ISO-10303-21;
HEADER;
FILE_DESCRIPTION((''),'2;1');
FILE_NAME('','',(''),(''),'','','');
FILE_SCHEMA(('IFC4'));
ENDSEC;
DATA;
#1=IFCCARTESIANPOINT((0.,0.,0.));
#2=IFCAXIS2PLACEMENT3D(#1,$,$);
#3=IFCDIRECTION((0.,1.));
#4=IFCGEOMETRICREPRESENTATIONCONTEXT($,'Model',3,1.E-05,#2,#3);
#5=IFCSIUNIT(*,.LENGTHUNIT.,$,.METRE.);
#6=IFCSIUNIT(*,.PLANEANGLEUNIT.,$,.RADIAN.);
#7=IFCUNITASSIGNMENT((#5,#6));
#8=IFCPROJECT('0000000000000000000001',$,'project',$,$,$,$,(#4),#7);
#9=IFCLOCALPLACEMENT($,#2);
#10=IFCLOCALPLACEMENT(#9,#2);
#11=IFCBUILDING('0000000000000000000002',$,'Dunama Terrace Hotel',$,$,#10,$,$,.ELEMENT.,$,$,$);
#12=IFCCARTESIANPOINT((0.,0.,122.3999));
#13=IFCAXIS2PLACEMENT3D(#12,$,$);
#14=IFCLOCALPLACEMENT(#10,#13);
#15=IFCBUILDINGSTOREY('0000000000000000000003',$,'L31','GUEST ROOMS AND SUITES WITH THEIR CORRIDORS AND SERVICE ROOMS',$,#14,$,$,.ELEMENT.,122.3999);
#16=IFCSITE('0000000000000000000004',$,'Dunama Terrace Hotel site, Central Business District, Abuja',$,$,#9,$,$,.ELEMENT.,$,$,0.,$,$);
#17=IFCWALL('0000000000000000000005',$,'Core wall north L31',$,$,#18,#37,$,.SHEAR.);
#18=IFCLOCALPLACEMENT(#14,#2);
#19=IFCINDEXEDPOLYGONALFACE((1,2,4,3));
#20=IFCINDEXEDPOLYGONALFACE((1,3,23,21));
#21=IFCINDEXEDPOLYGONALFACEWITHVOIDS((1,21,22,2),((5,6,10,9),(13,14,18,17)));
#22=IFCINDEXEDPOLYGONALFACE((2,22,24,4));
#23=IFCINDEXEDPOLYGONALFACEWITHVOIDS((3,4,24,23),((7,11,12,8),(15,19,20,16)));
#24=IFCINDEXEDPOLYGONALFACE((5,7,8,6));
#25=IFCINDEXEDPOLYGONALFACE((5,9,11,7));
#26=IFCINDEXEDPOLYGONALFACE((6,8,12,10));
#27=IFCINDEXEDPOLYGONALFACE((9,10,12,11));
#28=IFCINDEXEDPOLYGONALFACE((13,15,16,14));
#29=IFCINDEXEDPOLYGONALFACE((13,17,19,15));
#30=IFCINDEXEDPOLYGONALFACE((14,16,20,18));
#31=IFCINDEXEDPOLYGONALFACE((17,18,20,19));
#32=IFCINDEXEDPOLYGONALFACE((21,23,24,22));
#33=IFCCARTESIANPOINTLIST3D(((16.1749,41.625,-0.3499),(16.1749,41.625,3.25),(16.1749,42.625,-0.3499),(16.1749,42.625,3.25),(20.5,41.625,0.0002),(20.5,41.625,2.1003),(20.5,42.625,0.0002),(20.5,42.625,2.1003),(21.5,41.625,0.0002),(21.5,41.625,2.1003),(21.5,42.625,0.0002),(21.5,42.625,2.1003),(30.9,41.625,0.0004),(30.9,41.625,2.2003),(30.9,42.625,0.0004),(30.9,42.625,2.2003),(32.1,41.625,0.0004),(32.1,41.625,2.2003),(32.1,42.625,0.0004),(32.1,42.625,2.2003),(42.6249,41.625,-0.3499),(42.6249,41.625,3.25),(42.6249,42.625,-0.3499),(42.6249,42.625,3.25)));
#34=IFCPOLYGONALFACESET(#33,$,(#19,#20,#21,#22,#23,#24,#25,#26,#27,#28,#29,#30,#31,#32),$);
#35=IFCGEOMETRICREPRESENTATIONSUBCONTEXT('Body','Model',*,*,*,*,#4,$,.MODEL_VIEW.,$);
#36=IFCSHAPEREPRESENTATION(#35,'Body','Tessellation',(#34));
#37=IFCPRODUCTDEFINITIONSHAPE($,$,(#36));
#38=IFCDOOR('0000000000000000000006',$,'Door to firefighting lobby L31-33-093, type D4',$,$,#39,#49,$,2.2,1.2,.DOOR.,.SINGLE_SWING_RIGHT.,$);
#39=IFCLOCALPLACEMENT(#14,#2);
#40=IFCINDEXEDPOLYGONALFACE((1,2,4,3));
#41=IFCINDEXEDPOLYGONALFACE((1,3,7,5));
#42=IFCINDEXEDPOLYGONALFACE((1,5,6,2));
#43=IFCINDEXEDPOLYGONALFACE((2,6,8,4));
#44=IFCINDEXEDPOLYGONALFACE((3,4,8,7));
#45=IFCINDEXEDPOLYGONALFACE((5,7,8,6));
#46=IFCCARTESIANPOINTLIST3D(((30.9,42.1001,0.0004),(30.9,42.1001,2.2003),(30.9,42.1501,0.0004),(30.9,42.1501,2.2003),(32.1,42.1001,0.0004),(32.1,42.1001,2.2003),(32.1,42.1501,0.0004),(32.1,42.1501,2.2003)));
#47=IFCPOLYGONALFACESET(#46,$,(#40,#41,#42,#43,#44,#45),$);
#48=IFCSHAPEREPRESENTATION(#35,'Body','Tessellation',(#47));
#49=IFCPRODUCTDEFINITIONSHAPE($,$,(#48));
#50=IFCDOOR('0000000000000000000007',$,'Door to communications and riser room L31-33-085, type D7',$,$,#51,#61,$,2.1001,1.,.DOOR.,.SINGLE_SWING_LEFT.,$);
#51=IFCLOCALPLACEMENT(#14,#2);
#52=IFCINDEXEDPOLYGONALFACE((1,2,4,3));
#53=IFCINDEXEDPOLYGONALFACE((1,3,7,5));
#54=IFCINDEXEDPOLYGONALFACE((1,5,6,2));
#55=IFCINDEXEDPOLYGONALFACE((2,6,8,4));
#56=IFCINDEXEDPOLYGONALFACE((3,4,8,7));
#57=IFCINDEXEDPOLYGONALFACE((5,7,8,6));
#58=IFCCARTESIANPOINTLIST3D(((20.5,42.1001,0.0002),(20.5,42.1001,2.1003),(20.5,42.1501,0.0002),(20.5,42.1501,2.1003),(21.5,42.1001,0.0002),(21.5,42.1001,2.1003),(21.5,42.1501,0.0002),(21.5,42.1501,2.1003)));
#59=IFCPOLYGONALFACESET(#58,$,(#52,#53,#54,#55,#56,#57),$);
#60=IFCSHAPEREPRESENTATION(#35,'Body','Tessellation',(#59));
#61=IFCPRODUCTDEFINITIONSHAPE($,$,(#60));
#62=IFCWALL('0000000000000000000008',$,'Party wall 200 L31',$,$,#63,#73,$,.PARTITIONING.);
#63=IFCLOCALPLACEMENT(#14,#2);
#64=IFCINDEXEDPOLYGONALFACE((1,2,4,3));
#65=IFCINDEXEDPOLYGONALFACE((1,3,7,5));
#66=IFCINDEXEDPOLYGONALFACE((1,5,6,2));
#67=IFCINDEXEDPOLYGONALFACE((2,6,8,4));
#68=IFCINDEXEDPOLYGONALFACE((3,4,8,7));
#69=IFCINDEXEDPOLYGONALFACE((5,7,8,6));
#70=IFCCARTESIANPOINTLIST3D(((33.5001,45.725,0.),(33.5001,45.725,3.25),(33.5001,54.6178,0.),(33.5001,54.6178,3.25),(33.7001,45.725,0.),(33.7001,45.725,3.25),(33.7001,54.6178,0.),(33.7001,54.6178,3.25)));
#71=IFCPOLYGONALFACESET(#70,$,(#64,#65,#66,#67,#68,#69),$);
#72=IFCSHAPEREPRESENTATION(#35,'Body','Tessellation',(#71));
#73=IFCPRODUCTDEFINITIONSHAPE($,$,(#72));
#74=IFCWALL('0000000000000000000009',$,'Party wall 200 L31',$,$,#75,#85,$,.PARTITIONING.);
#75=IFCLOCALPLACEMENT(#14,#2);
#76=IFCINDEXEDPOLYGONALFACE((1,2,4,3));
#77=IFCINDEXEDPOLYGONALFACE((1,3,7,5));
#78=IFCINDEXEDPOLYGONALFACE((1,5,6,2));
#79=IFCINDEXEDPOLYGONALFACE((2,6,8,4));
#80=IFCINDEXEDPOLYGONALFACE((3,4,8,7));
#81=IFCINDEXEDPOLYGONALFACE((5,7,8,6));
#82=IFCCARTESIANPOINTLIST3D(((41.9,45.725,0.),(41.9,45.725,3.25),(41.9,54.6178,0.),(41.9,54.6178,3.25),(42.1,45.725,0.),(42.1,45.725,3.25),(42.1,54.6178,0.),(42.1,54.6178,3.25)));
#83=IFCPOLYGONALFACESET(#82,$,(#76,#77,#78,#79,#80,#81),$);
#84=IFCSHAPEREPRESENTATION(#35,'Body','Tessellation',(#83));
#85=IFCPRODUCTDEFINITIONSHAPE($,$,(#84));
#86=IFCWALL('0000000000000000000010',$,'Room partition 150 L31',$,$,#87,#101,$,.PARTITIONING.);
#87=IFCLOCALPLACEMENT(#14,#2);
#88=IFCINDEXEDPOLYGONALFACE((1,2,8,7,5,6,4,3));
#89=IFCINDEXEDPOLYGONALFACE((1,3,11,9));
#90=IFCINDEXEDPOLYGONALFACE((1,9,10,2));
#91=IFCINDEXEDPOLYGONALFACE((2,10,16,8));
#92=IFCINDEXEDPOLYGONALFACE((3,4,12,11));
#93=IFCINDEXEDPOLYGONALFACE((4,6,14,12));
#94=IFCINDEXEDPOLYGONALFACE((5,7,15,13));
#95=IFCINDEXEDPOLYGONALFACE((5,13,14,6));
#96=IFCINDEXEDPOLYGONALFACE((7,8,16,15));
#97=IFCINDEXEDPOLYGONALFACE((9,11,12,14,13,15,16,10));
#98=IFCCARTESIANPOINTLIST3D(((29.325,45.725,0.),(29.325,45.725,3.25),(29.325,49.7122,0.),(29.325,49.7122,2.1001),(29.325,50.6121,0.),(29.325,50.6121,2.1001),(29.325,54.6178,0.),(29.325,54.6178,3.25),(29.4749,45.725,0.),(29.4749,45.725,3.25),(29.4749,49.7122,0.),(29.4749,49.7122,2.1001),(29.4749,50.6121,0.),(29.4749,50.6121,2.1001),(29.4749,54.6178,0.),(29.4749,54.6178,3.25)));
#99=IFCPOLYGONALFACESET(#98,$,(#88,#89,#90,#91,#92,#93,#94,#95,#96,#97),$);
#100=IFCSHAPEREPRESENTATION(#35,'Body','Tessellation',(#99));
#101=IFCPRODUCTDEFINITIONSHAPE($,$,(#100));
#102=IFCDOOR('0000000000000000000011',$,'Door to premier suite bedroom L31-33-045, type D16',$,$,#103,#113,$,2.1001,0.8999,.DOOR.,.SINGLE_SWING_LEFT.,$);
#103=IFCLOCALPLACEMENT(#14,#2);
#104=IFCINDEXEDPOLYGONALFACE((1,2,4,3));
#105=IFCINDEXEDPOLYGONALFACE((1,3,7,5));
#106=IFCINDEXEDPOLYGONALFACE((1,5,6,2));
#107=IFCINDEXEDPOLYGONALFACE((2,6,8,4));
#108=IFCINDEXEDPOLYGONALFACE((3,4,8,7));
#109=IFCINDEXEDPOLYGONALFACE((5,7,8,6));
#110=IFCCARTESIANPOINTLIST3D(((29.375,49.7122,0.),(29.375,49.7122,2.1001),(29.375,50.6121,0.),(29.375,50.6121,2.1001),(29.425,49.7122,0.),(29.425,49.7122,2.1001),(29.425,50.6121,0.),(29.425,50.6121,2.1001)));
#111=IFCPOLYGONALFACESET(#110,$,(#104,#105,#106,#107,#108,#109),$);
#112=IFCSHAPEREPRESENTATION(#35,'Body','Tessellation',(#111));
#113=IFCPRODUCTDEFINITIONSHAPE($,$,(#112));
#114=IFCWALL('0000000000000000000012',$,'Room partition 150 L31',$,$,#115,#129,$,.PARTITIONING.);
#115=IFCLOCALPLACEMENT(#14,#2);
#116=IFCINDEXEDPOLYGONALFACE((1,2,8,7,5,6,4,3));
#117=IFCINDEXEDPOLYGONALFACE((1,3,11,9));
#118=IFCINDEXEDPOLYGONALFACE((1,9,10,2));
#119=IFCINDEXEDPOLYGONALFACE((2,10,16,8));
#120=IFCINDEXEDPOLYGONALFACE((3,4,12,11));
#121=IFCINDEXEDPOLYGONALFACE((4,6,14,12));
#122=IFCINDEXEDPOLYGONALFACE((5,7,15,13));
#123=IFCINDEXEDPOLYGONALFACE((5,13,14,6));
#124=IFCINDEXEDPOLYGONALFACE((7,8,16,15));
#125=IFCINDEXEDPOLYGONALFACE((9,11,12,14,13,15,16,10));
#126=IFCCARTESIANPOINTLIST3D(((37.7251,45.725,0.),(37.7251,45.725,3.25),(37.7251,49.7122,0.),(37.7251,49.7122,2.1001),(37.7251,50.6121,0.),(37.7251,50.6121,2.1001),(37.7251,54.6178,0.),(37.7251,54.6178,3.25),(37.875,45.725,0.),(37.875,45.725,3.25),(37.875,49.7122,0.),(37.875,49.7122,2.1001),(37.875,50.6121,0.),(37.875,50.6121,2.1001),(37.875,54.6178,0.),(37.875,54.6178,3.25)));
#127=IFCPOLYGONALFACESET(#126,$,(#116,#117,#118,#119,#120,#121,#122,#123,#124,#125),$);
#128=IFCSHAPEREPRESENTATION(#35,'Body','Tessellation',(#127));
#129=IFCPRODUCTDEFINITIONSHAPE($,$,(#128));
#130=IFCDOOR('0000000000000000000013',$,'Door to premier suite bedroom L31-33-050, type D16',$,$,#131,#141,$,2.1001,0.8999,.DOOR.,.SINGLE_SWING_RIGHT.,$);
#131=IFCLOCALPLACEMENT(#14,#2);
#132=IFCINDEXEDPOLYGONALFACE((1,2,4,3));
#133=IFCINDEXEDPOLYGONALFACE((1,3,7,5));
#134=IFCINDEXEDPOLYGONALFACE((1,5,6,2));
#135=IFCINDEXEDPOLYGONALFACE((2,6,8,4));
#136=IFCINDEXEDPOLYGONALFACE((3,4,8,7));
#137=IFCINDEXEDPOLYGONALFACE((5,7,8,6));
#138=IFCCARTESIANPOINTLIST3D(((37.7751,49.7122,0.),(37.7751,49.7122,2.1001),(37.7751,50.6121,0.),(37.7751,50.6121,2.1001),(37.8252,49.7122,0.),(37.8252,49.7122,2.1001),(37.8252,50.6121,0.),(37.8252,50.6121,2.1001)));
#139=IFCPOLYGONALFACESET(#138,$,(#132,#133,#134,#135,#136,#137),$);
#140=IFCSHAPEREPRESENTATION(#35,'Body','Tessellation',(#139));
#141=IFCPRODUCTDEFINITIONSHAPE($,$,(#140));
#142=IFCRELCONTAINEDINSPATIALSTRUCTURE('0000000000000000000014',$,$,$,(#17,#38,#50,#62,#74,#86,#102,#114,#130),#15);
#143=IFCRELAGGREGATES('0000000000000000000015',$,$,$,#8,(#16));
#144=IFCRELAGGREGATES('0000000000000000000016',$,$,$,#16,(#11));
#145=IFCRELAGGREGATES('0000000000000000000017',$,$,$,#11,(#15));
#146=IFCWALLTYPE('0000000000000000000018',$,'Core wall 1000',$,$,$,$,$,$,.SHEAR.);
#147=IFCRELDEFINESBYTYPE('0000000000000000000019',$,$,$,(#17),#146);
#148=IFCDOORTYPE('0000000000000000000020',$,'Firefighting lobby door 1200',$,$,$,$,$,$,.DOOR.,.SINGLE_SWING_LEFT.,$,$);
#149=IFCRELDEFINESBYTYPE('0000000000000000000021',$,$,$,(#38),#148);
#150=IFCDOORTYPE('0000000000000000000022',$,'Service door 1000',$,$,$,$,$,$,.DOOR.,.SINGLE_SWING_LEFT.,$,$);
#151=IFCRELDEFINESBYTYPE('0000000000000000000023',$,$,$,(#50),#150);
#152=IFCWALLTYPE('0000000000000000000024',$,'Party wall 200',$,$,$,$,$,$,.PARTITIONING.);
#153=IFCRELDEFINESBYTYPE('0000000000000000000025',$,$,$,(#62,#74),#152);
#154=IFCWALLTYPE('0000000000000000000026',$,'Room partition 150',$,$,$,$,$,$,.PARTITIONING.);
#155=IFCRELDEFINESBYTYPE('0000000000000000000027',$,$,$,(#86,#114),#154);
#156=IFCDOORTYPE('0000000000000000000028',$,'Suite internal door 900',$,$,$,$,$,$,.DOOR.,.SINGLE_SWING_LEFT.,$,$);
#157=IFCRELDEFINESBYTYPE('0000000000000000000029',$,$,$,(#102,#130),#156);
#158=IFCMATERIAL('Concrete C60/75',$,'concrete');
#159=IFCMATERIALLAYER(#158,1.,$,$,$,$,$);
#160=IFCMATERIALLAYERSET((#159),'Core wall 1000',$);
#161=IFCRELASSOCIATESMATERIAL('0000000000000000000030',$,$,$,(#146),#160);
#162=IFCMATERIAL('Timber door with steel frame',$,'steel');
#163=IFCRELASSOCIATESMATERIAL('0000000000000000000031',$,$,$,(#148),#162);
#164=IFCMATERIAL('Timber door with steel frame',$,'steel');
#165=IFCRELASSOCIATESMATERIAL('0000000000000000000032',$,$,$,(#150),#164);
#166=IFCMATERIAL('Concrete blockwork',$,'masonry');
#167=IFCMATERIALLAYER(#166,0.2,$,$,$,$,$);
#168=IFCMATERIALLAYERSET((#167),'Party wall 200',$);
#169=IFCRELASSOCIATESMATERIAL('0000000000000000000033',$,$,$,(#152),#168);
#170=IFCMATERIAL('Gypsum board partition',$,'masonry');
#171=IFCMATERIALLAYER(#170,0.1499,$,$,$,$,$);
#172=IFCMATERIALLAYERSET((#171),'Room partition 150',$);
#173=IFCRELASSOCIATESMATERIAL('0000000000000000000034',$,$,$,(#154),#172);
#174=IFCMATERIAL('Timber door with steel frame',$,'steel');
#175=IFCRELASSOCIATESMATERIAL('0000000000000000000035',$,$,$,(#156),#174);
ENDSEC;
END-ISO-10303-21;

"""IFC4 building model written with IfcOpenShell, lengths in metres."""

from ifc_helpers import new_model, si_unit, direction, frame, frame_2d, origin, place, context, subcontext, project, spatial, rectangle, extrude, material, layer, layer_set, type_object, element, fill, save


model = new_model("IFC4")

# Units and contexts
model_context = context("Model", 3, precision=1e-05, world=origin(), true_north=direction((0.0, 1.0)))
body_context = subcontext(model_context, "Body", "Model", "MODEL_VIEW")
ifc_project = project(units=[si_unit("LENGTHUNIT", "METRE"), si_unit("PLANEANGLEUNIT", "RADIAN")], contexts=[model_context])

# Site, building, storey
site_placement = place(None, origin())
site = spatial("IfcSite", under=ifc_project, at=site_placement, Name="Dunama Terrace Hotel site, Central Business District, Abuja", CompositionType="ELEMENT", RefElevation=0.0)
building_placement = place(site_placement, origin())
building = spatial("IfcBuilding", under=site, at=building_placement, Name="Dunama Terrace Hotel", CompositionType="ELEMENT")
storey_placement = place(building_placement, frame((0.0, 0.0, 122.3999)))
storey = spatial("IfcBuildingStorey", under=building, at=storey_placement, Name="L31", Description="GUEST ROOMS AND SUITES WITH THEIR CORRIDORS AND SERVICE ROOMS", CompositionType="ELEMENT", Elevation=122.3999)

# Wall, openings, doors
ifc_material_1 = material(Name="Concrete C60/75", Category="concrete")
ifc_layer_1 = layer(ifc_material_1, 1.0)
ifc_layer_set_1 = layer_set([ifc_layer_1], Name="Core wall 1000")
wall_type_1 = type_object("IfcWallType", Name="Core wall 1000", PredefinedType="SHEAR", material=ifc_layer_set_1)
wall_1_placement = place(storey_placement, frame((42.625, 42.125, -0.3499), z_axis=(0.0, 0.0, 1.0), x_axis=(-1.0, 0.0, 0.0)))
wall_1 = element("IfcWall", 1, at=wall_1_placement, inside=storey, type_object=wall_type_1, Name="Core wall north L31", PredefinedType="SHEAR", context=body_context, shape_type="SweptSolid", body=[
    extrude(rectangle(XDim=26.45, YDim=1.0, at=frame_2d((13.2251, 0.0))), origin(), (0.0, 0.0, 1.0), 3.5999),
])
opening_1_placement = place(wall_1_placement, frame((21.125, 0.0, 0.3501)))
opening_1 = element("IfcOpeningElement", 2, at=opening_1_placement, cuts=wall_1, PredefinedType="OPENING", context=body_context, shape_type="SweptSolid", body=[
    extrude(rectangle(XDim=1.0, YDim=2.1001, at=frame_2d((0.5, 1.05))), frame((0.0, 0.51, 0.0), z_axis=(0.0, -1.0, 0.0), x_axis=(1.0, 0.0, 0.0)), (0.0, 0.0, 1.0), 1.02),
])
opening_2_placement = place(wall_1_placement, frame((10.5249, 0.0, 0.3501)))
opening_2 = element("IfcOpeningElement", 3, at=opening_2_placement, cuts=wall_1, PredefinedType="OPENING", context=body_context, shape_type="SweptSolid", body=[
    extrude(rectangle(XDim=1.2, YDim=2.2, at=frame_2d((0.6001, 1.1001))), frame((0.0, 0.51, 0.0), z_axis=(0.0, -1.0, 0.0), x_axis=(1.0, 0.0, 0.0)), (0.0, 0.0, 1.0), 1.02),
])
ifc_material_2 = material(Name="Timber door with steel frame", Category="steel")
door_type_1 = type_object("IfcDoorType", Name="Firefighting lobby door 1200", OperationType="SINGLE_SWING_LEFT", PredefinedType="DOOR", material=ifc_material_2)
door_1_placement = place(opening_2_placement, origin())
door_1 = element("IfcDoor", 4, at=door_1_placement, inside=storey, type_object=door_type_1, Name="Door to firefighting lobby L31-33-093, type D4", OperationType="SINGLE_SWING_RIGHT", OverallHeight=2.2, OverallWidth=1.2, PredefinedType="DOOR", context=body_context, shape_type="SweptSolid", body=[
    extrude(rectangle(XDim=1.2, YDim=2.2, at=frame_2d((0.6001, 1.1001))), frame((0.0, 0.0249, 0.0), z_axis=(0.0, -1.0, 0.0), x_axis=(1.0, 0.0, 0.0)), (0.0, 0.0, 1.0), 0.05),
])
fill(opening_2, door_1)
ifc_material_3 = material(Name="Timber door with steel frame", Category="steel")
door_type_2 = type_object("IfcDoorType", Name="Service door 1000", OperationType="SINGLE_SWING_LEFT", PredefinedType="DOOR", material=ifc_material_3)
door_2_placement = place(opening_1_placement, origin())
door_2 = element("IfcDoor", 5, at=door_2_placement, inside=storey, type_object=door_type_2, Name="Door to communications and riser room L31-33-085, type D7", OperationType="SINGLE_SWING_LEFT", OverallHeight=2.1001, OverallWidth=1.0, PredefinedType="DOOR", context=body_context, shape_type="SweptSolid", body=[
    extrude(rectangle(XDim=1.0, YDim=2.1001, at=frame_2d((0.5, 1.05))), frame((0.0, 0.0249, 0.0), z_axis=(0.0, -1.0, 0.0), x_axis=(1.0, 0.0, 0.0)), (0.0, 0.0, 1.0), 0.05),
])
fill(opening_1, door_2)

# Walls
ifc_material_4 = material(Name="Concrete blockwork", Category="masonry")
ifc_layer_2 = layer(ifc_material_4, 0.2)
ifc_layer_set_2 = layer_set([ifc_layer_2], Name="Party wall 200")
wall_type_2 = type_object("IfcWallType", Name="Party wall 200", PredefinedType="PARTITIONING", material=ifc_layer_set_2)
for number, where, z_axis, x_axis, name in (
    (6, (33.6001, 45.7251, 0.0), (0.0, 0.0, 1.0), (0.0, 1.0, 0.0), "Party wall 200 L31"),
    (7, (42.0, 45.7251, 0.0), (0.0, 0.0, 1.0), (0.0, 1.0, 0.0), "Party wall 200 L31"),
):
    element("IfcWall", number, at=place(storey_placement, frame(where, z_axis=z_axis, x_axis=x_axis)), inside=storey, type_object=wall_type_2, Name=name, PredefinedType="PARTITIONING", context=body_context, shape_type="SweptSolid", body=[
        extrude(rectangle(XDim=8.8928, YDim=0.2, at=frame_2d((4.4463, 0.0))), origin(), (0.0, 0.0, 1.0), 3.25),
    ])

# Walls, openings, doors
ifc_material_5 = material(Name="Gypsum board partition", Category="masonry")
ifc_layer_3 = layer(ifc_material_5, 0.1499)
ifc_layer_set_3 = layer_set([ifc_layer_3], Name="Room partition 150")
wall_type_3 = type_object("IfcWallType", Name="Room partition 150", PredefinedType="PARTITIONING", material=ifc_layer_set_3)
wall_2_placement = place(storey_placement, frame((29.3999, 45.7251, 0.0), z_axis=(0.0, 0.0, 1.0), x_axis=(0.0, 1.0, 0.0)))
wall_2 = element("IfcWall", 8, at=wall_2_placement, inside=storey, type_object=wall_type_3, Name="Room partition 150 L31", PredefinedType="PARTITIONING", context=body_context, shape_type="SweptSolid", body=[
    extrude(rectangle(XDim=8.8928, YDim=0.1499, at=frame_2d((4.4463, 0.0))), origin(), (0.0, 0.0, 1.0), 3.25),
])
opening_3_placement = place(wall_2_placement, frame((3.9871, 0.0, 0.0)))
opening_3 = element("IfcOpeningElement", 9, at=opening_3_placement, cuts=wall_2, PredefinedType="OPENING", context=body_context, shape_type="SweptSolid", body=[
    extrude(rectangle(XDim=0.8999, YDim=2.1001, at=frame_2d((0.45, 1.05))), frame((0.0, 0.085, 0.0), z_axis=(0.0, -1.0, 0.0), x_axis=(1.0, 0.0, 0.0)), (0.0, 0.0, 1.0), 0.1699),
])
ifc_material_6 = material(Name="Timber door with steel frame", Category="steel")
door_type_3 = type_object("IfcDoorType", Name="Suite internal door 900", OperationType="SINGLE_SWING_LEFT", PredefinedType="DOOR", material=ifc_material_6)
door_3_placement = place(opening_3_placement, origin())
door_3 = element("IfcDoor", 10, at=door_3_placement, inside=storey, type_object=door_type_3, Name="Door to premier suite bedroom L31-33-045, type D16", OperationType="SINGLE_SWING_LEFT", OverallHeight=2.1001, OverallWidth=0.8999, PredefinedType="DOOR", context=body_context, shape_type="SweptSolid", body=[
    extrude(rectangle(XDim=0.8999, YDim=2.1001, at=frame_2d((0.45, 1.05))), frame((0.0, 0.0249, 0.0), z_axis=(0.0, -1.0, 0.0), x_axis=(1.0, 0.0, 0.0)), (0.0, 0.0, 1.0), 0.05),
])
fill(opening_3, door_3)
wall_3_placement = place(storey_placement, frame((37.8, 45.7251, 0.0), z_axis=(0.0, 0.0, 1.0), x_axis=(0.0, 1.0, 0.0)))
wall_3 = element("IfcWall", 11, at=wall_3_placement, inside=storey, type_object=wall_type_3, Name="Room partition 150 L31", PredefinedType="PARTITIONING", context=body_context, shape_type="SweptSolid", body=[
    extrude(rectangle(XDim=8.8928, YDim=0.1499, at=frame_2d((4.4463, 0.0))), origin(), (0.0, 0.0, 1.0), 3.25),
])
opening_4_placement = place(wall_3_placement, frame((3.9871, 0.0, 0.0)))
opening_4 = element("IfcOpeningElement", 12, at=opening_4_placement, cuts=wall_3, PredefinedType="OPENING", context=body_context, shape_type="SweptSolid", body=[
    extrude(rectangle(XDim=0.8999, YDim=2.1001, at=frame_2d((0.45, 1.05))), frame((0.0, 0.085, 0.0), z_axis=(0.0, -1.0, 0.0), x_axis=(1.0, 0.0, 0.0)), (0.0, 0.0, 1.0), 0.1699),
])
door_4_placement = place(opening_4_placement, frame((0.8999, 0.0, 0.0), z_axis=(0.0, 0.0, 1.0), x_axis=(-1.0, 0.0, 0.0)))
door_4 = element("IfcDoor", 13, at=door_4_placement, inside=storey, type_object=door_type_3, Name="Door to premier suite bedroom L31-33-050, type D16", OperationType="SINGLE_SWING_RIGHT", OverallHeight=2.1001, OverallWidth=0.8999, PredefinedType="DOOR", context=body_context, shape_type="SweptSolid", body=[
    extrude(rectangle(XDim=0.8999, YDim=2.1001, at=frame_2d((0.45, 1.05))), frame((0.0, 0.0251, 0.0), z_axis=(0.0, -1.0, 0.0), x_axis=(1.0, 0.0, 0.0)), (0.0, 0.0, 1.0), 0.05),
])
fill(opening_4, door_4)

save(model, "model.ifc")
